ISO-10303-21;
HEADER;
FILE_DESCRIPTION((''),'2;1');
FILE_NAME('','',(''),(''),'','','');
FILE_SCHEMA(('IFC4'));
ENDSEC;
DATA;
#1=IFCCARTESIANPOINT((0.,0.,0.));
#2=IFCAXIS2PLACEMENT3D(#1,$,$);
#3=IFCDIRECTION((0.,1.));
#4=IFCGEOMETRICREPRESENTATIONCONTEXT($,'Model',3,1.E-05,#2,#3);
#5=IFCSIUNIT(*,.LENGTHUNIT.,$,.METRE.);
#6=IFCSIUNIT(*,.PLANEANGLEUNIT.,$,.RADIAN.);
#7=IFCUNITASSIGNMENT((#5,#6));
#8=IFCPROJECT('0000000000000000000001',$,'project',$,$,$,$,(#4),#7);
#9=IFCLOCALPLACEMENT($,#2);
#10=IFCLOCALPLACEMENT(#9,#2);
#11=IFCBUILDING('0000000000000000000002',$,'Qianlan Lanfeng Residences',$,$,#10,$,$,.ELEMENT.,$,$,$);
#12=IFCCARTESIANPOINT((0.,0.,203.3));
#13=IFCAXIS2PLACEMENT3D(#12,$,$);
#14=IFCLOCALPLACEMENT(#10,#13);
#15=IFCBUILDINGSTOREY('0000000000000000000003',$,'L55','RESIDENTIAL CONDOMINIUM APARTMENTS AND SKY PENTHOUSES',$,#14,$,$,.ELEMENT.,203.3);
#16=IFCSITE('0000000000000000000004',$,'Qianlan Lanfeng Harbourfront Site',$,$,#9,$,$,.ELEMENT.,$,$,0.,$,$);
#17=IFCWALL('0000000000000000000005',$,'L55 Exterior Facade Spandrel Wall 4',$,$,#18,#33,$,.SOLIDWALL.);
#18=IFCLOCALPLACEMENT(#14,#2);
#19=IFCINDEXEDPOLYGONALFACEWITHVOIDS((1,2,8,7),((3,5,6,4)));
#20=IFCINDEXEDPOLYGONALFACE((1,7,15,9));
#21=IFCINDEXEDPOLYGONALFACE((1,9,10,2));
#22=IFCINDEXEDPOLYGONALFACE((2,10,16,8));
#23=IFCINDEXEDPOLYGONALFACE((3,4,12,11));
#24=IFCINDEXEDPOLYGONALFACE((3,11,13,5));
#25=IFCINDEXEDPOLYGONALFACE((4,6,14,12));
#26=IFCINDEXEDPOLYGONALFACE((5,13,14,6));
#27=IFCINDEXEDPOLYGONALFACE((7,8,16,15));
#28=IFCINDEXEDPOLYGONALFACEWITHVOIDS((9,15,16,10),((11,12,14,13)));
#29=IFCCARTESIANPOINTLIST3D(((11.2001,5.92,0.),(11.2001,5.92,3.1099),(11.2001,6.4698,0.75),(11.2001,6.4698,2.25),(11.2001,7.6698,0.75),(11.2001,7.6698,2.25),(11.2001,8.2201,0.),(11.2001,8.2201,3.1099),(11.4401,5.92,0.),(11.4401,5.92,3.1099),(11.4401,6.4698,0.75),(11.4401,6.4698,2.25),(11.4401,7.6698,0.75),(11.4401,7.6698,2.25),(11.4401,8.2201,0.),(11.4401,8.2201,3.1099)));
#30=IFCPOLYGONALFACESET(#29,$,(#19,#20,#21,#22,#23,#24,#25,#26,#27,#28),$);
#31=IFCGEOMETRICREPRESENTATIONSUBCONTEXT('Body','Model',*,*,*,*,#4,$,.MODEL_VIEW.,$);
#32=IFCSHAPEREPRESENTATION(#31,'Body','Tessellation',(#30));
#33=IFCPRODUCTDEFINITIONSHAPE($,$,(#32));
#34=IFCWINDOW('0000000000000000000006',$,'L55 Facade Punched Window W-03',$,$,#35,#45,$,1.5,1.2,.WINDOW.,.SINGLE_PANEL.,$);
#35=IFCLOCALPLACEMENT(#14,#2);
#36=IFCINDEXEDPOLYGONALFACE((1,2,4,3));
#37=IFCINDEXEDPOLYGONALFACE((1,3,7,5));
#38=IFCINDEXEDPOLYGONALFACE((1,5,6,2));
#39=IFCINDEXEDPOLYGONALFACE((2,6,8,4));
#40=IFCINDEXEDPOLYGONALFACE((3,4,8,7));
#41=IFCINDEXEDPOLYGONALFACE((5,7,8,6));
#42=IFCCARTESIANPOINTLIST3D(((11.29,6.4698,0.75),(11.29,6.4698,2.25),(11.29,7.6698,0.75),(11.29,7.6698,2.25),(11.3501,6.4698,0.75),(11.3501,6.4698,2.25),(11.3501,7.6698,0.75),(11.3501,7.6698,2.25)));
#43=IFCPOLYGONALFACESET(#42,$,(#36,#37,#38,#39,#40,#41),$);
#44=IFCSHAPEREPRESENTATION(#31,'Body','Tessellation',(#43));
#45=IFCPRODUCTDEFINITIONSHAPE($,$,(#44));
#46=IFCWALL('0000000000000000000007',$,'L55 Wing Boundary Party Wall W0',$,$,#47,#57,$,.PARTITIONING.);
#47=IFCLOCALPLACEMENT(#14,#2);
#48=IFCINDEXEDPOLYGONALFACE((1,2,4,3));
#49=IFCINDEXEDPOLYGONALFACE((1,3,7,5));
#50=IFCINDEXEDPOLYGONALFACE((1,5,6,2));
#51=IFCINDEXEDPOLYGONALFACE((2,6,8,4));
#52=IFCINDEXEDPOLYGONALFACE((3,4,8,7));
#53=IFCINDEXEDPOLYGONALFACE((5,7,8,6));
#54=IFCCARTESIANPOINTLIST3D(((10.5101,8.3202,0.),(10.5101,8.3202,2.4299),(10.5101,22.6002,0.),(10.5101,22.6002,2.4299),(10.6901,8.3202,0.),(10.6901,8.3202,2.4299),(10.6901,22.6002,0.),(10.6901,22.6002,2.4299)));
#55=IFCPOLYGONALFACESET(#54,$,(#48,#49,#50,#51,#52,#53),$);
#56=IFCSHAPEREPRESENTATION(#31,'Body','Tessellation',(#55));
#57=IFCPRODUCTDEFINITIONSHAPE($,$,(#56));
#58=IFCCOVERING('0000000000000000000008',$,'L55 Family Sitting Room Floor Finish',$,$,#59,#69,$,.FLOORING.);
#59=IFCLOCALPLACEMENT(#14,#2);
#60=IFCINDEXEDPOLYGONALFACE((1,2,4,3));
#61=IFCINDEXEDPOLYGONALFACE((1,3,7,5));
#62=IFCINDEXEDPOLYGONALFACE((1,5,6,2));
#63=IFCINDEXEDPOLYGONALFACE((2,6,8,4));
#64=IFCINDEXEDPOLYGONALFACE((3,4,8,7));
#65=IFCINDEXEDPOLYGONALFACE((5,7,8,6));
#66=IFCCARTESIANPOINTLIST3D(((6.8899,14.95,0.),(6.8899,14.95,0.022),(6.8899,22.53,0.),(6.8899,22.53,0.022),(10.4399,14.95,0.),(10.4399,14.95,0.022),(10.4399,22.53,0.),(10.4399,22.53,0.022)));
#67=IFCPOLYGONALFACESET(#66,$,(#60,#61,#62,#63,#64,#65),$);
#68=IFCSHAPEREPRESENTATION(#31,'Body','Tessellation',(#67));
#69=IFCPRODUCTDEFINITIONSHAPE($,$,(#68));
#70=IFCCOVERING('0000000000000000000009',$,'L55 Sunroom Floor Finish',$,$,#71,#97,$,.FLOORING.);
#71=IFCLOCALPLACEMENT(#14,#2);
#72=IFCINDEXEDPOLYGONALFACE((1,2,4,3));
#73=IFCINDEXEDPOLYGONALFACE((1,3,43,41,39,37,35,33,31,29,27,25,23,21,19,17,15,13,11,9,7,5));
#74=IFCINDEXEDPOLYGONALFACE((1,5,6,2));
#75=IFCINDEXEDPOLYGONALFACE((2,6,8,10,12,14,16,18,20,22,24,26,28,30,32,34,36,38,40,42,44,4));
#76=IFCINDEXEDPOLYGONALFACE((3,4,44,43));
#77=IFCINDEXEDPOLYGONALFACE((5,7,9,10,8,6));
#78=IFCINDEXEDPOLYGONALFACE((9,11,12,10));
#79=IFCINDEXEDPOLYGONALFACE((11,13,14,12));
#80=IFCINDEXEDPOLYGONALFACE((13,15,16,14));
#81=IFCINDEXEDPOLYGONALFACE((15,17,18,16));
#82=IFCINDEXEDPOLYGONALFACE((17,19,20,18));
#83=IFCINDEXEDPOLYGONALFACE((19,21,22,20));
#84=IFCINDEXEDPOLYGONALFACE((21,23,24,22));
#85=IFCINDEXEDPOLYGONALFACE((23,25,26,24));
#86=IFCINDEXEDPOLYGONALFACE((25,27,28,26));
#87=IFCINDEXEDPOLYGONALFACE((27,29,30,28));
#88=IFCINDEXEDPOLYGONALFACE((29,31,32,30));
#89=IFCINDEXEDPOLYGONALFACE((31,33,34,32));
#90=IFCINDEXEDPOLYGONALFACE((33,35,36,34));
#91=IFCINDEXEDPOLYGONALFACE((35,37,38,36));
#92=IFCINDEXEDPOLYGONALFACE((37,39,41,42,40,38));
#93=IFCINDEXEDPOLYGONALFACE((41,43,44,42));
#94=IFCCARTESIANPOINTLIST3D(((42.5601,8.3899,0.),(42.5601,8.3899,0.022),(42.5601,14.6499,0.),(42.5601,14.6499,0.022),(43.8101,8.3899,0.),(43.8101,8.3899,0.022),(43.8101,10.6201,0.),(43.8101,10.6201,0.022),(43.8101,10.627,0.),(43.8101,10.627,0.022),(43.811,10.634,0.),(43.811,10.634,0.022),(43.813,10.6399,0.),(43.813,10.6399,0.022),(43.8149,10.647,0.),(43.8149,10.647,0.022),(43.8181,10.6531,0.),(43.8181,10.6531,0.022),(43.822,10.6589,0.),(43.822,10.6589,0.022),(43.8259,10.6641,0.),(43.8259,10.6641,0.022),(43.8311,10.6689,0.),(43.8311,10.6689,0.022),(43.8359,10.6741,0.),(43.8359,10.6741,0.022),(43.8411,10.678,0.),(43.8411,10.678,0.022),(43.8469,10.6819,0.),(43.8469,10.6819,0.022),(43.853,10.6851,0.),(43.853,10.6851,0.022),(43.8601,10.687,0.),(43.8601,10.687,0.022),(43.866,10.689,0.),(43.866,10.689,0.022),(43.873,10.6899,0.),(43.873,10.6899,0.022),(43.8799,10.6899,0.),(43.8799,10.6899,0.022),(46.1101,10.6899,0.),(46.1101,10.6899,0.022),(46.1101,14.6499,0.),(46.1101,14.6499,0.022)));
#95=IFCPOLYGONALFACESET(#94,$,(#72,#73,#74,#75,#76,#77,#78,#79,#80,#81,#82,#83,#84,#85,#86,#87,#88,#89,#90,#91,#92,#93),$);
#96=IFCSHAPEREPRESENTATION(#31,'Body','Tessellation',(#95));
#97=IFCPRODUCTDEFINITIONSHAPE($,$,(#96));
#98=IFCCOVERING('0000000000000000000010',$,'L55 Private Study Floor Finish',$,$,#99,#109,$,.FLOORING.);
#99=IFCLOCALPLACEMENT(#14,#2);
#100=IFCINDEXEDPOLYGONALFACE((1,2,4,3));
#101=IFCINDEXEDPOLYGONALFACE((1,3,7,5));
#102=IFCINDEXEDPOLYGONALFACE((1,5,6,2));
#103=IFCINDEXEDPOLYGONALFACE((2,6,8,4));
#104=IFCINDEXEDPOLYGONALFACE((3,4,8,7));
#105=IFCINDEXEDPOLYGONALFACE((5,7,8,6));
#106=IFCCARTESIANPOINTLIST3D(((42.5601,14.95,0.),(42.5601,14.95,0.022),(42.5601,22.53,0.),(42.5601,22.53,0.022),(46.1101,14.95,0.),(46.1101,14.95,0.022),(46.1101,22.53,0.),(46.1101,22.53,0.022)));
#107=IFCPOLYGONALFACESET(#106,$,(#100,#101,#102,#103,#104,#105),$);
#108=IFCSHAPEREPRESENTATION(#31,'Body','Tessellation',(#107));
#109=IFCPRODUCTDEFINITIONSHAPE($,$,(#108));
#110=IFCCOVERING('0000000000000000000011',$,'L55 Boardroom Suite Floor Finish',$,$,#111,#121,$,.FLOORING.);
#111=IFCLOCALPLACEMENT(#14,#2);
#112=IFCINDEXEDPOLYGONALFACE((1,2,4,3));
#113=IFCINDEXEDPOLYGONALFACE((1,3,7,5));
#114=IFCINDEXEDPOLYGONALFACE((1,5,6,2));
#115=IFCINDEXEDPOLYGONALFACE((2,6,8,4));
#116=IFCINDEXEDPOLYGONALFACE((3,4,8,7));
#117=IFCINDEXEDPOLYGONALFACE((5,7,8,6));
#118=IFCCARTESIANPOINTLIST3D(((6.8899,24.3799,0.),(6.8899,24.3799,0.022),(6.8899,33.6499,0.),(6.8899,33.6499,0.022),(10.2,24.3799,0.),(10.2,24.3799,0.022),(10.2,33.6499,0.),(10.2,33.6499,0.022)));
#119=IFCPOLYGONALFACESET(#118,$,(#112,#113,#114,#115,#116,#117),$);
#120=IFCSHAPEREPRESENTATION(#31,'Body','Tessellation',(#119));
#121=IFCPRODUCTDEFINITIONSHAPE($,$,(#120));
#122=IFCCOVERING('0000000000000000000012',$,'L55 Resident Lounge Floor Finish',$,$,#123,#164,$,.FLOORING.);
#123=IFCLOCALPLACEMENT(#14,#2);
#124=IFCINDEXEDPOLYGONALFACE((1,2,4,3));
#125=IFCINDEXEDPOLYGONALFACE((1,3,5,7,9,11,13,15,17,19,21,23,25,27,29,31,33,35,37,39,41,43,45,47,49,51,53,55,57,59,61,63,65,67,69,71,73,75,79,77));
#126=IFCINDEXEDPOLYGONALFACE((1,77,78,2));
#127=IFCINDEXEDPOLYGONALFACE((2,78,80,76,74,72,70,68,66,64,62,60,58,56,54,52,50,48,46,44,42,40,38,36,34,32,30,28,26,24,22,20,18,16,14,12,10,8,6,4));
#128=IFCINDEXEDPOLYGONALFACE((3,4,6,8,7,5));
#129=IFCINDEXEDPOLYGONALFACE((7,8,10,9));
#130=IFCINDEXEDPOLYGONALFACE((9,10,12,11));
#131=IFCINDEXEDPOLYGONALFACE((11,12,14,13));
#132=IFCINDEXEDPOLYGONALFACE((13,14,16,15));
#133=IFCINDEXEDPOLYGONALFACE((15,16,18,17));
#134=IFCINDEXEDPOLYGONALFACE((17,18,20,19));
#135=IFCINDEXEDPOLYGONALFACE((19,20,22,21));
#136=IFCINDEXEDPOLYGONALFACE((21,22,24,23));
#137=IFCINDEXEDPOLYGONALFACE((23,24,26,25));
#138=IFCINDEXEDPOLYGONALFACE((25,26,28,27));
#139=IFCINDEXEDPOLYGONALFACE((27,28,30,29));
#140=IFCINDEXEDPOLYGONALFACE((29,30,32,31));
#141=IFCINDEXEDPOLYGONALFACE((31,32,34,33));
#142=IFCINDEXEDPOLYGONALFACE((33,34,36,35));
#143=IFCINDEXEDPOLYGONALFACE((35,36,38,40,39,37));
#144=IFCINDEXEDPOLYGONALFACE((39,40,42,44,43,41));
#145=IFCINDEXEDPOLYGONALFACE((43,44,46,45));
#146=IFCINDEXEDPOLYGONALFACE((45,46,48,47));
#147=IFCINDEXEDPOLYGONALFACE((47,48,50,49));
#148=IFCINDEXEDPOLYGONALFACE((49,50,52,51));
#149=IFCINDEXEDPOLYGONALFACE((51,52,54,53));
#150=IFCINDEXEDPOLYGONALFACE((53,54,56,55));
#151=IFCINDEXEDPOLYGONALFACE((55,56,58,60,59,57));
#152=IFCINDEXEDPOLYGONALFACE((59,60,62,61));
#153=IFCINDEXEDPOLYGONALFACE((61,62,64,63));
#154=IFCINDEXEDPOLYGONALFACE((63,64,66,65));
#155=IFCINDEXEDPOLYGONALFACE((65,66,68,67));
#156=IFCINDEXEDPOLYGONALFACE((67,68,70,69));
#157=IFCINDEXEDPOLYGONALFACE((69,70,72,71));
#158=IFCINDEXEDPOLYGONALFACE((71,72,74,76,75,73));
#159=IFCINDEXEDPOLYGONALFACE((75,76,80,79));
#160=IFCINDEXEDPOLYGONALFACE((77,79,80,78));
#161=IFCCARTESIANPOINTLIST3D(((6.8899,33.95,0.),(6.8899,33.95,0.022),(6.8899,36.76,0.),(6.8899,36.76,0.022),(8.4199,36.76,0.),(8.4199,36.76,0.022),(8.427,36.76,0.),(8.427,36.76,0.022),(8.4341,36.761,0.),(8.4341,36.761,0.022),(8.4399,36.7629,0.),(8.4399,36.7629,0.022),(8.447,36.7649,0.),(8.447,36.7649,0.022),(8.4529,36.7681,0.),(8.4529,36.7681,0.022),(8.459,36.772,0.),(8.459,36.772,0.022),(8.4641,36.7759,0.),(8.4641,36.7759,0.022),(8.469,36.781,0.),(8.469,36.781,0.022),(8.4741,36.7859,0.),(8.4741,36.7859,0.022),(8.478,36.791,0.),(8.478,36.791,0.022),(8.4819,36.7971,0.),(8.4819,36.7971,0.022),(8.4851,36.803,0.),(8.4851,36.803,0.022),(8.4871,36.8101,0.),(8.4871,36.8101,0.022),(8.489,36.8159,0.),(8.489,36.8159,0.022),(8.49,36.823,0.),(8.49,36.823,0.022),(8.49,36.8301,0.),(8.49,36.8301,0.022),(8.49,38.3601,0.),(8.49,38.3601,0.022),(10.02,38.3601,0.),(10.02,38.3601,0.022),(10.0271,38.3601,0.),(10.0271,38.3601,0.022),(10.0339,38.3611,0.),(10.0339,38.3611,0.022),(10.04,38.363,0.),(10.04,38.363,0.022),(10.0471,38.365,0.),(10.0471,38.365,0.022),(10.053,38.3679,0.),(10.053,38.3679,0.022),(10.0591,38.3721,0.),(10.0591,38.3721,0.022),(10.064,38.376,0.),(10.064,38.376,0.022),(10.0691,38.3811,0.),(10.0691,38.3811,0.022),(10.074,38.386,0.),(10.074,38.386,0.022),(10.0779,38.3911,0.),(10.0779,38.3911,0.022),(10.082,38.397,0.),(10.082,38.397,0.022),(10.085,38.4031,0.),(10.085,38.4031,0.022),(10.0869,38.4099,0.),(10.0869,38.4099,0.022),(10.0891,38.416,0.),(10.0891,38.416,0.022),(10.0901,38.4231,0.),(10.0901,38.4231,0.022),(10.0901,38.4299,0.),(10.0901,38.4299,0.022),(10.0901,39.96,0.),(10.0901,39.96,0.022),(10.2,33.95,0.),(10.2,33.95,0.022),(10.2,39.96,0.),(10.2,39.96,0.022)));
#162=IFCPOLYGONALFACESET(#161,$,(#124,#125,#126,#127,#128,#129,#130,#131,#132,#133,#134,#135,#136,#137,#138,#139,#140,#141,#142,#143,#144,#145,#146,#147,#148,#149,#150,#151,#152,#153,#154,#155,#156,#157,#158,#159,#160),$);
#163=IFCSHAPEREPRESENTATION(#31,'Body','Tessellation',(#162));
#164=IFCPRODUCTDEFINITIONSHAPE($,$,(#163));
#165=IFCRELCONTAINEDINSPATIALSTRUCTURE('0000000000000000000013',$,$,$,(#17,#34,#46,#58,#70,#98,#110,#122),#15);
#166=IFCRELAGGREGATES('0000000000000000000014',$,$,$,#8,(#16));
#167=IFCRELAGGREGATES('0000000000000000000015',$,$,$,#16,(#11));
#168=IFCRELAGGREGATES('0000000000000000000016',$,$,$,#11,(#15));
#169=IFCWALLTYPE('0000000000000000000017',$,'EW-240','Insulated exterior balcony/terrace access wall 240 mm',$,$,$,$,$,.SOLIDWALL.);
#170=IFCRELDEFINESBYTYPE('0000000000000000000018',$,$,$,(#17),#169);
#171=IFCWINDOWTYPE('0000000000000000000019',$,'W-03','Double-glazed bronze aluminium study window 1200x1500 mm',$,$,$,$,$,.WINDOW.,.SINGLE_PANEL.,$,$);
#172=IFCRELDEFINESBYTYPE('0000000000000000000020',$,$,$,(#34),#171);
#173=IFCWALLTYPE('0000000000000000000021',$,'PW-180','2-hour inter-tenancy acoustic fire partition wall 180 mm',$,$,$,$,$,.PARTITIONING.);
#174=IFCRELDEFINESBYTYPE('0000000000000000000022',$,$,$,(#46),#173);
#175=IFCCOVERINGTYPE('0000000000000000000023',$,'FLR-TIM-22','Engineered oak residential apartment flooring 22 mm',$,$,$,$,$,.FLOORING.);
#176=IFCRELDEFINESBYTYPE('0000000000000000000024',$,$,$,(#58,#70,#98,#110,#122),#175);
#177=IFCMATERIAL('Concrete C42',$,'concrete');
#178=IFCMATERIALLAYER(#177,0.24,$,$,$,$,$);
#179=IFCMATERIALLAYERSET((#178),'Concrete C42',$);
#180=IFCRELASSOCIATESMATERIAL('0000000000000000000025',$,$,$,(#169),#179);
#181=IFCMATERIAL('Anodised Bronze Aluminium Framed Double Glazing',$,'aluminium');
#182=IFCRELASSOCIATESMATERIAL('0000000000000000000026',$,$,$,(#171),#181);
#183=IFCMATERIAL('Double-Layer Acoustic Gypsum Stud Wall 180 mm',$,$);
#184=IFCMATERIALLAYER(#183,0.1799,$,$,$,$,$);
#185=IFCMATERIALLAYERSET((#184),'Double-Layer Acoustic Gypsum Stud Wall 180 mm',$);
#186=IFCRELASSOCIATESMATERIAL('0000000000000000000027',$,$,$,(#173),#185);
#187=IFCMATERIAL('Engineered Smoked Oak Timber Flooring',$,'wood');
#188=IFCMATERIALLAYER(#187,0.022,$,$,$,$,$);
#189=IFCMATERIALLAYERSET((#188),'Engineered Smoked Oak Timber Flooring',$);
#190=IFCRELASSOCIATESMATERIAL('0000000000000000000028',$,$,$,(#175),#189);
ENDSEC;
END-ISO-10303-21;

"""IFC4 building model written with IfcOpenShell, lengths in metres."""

from ifc_helpers import new_model, si_unit, direction, frame, frame_2d, origin, place, context, subcontext, project, spatial, polyline, rectangle, outline, extrude, material, layer, layer_set, type_object, element, fill, save


model = new_model("IFC4")

# Units and contexts
model_context = context("Model", 3, precision=1e-05, world=origin(), true_north=direction((0.0, 1.0)))
body_context = subcontext(model_context, "Body", "Model", "MODEL_VIEW")
ifc_project = project(units=[si_unit("LENGTHUNIT", "METRE"), si_unit("PLANEANGLEUNIT", "RADIAN")], contexts=[model_context])

# Site, building, storey
site_placement = place(None, origin())
site = spatial("IfcSite", under=ifc_project, at=site_placement, Name="Qianlan Lanfeng Harbourfront Site", CompositionType="ELEMENT", RefElevation=0.0)
building_placement = place(site_placement, origin())
building = spatial("IfcBuilding", under=site, at=building_placement, Name="Qianlan Lanfeng Residences", CompositionType="ELEMENT")
storey_placement = place(building_placement, frame((0.0, 0.0, 203.3)))
storey = spatial("IfcBuildingStorey", under=building, at=storey_placement, Name="L55", Description="RESIDENTIAL CONDOMINIUM APARTMENTS AND SKY PENTHOUSES", CompositionType="ELEMENT", Elevation=203.3)

# Shared definitions
ifc_material_1 = material(Name="Concrete C42", Category="concrete")
ifc_layer_1 = layer(ifc_material_1, 0.24)
ifc_layer_set_1 = layer_set([ifc_layer_1], Name="Concrete C42")
wall_type_1 = type_object("IfcWallType", Name="EW-240", Description="Insulated exterior balcony/terrace access wall 240 mm", PredefinedType="SOLIDWALL", material=ifc_layer_set_1)

# Wall, opening, window
wall_1_placement = place(storey_placement, frame((11.3201, 8.22, 0.0), z_axis=(0.0, 0.0, 1.0), x_axis=(0.0, -1.0, 0.0)))
wall_1 = element("IfcWall", 1, at=wall_1_placement, inside=storey, type_object=wall_type_1, Name="L55 Exterior Facade Spandrel Wall 4", PredefinedType="SOLIDWALL", context=body_context, shape_type="SweptSolid", body=[
    extrude(rectangle(XDim=2.3, YDim=0.24, at=frame_2d((1.1499, 0.0))), origin(), (0.0, 0.0, 1.0), 3.1099),
])
opening_placement = place(wall_1_placement, frame((0.55, 0.0, 0.75)))
opening = element("IfcOpeningElement", 2, at=opening_placement, cuts=wall_1, PredefinedType="OPENING", context=body_context, shape_type="SweptSolid", body=[
    extrude(rectangle(XDim=1.2, YDim=1.5, at=frame_2d((0.6001, 0.75))), frame((0.0, 0.1299, 0.0), z_axis=(0.0, -1.0, 0.0), x_axis=(1.0, 0.0, 0.0)), (0.0, 0.0, 1.0), 0.26),
])
ifc_material_2 = material(Name="Anodised Bronze Aluminium Framed Double Glazing", Category="aluminium")
window_type = type_object("IfcWindowType", Name="W-03", Description="Double-glazed bronze aluminium study window 1200x1500 mm", PartitioningType="SINGLE_PANEL", PredefinedType="WINDOW", material=ifc_material_2)
window_placement = place(opening_placement, origin())
window = element("IfcWindow", 3, at=window_placement, inside=storey, type_object=window_type, Name="L55 Facade Punched Window W-03", OverallHeight=1.5, OverallWidth=1.2, PartitioningType="SINGLE_PANEL", PredefinedType="WINDOW", context=body_context, shape_type="SweptSolid", body=[
    extrude(rectangle(XDim=1.2, YDim=1.5, at=frame_2d((0.6001, 0.75))), frame((0.0, 0.03, 0.0), z_axis=(0.0, -1.0, 0.0), x_axis=(1.0, 0.0, 0.0)), (0.0, 0.0, 1.0), 0.0601),
])
fill(opening, window)

# Wall
ifc_material_3 = material(Name="Double-Layer Acoustic Gypsum Stud Wall 180 mm")
ifc_layer_2 = layer(ifc_material_3, 0.1799)
ifc_layer_set_2 = layer_set([ifc_layer_2], Name="Double-Layer Acoustic Gypsum Stud Wall 180 mm")
wall_type_2 = type_object("IfcWallType", Name="PW-180", Description="2-hour inter-tenancy acoustic fire partition wall 180 mm", PredefinedType="PARTITIONING", material=ifc_layer_set_2)
wall_2_placement = place(storey_placement, frame((10.6001, 8.3201, 0.0), z_axis=(0.0, 0.0, 1.0), x_axis=(0.0, 1.0, 0.0)))
element("IfcWall", 4, at=wall_2_placement, inside=storey, type_object=wall_type_2, Name="L55 Wing Boundary Party Wall W0", PredefinedType="PARTITIONING", context=body_context, shape_type="SweptSolid", body=[
    extrude(rectangle(XDim=14.28, YDim=0.1799, at=frame_2d((7.1401, 0.0))), origin(), (0.0, 0.0, 1.0), 2.4299),
])

# Coverings
ifc_material_4 = material(Name="Engineered Smoked Oak Timber Flooring", Category="wood")
ifc_layer_3 = layer(ifc_material_4, 0.022)
ifc_layer_set_3 = layer_set([ifc_layer_3], Name="Engineered Smoked Oak Timber Flooring")
covering_type = type_object("IfcCoveringType", Name="FLR-TIM-22", Description="Engineered oak residential apartment flooring 22 mm", PredefinedType="FLOORING", material=ifc_layer_set_3)
covering_1_placement = place(storey_placement, origin())
element("IfcCovering", 5, at=covering_1_placement, inside=storey, type_object=covering_type, Name="L55 Family Sitting Room Floor Finish", PredefinedType="FLOORING", context=body_context, shape_type="SweptSolid", body=[
    extrude(outline(polyline([(10.4399, 22.53), (6.8899, 22.53), (6.8899, 14.95), (10.4399, 14.95), (10.4399, 22.53)])), origin(), (0.0, 0.0, 1.0), 0.022),
])
covering_2_placement = place(storey_placement, origin())
element("IfcCovering", 6, at=covering_2_placement, inside=storey, type_object=covering_type, Name="L55 Sunroom Floor Finish", PredefinedType="FLOORING", context=body_context, shape_type="SweptSolid", body=[
    extrude(outline(polyline([(46.1101, 14.6499), (42.5601, 14.6499), (42.5601, 8.3899), (43.8101, 8.3899), (43.8101, 10.6201), (43.8101, 10.627), (43.811, 10.634), (43.813, 10.6399), (43.8149, 10.647), (43.8181, 10.6531), (43.822, 10.6589), (43.8259, 10.6641), (43.8311, 10.6689), (43.8359, 10.6741), (43.8411, 10.678), (43.8469, 10.6819), (43.853, 10.6851), (43.8601, 10.687), (43.866, 10.689), (43.873, 10.6899), (43.8799, 10.6899), (46.1101, 10.6899), (46.1101, 14.6499)])), origin(), (0.0, 0.0, 1.0), 0.022),
])
covering_3_placement = place(storey_placement, origin())
element("IfcCovering", 7, at=covering_3_placement, inside=storey, type_object=covering_type, Name="L55 Private Study Floor Finish", PredefinedType="FLOORING", context=body_context, shape_type="SweptSolid", body=[
    extrude(outline(polyline([(46.1101, 22.53), (42.5601, 22.53), (42.5601, 14.95), (46.1101, 14.95), (46.1101, 22.53)])), origin(), (0.0, 0.0, 1.0), 0.022),
])
covering_4_placement = place(storey_placement, origin())
element("IfcCovering", 8, at=covering_4_placement, inside=storey, type_object=covering_type, Name="L55 Boardroom Suite Floor Finish", PredefinedType="FLOORING", context=body_context, shape_type="SweptSolid", body=[
    extrude(outline(polyline([(10.2, 33.6499), (6.8899, 33.6499), (6.8899, 24.3799), (10.2, 24.3799), (10.2, 33.6499)])), origin(), (0.0, 0.0, 1.0), 0.022),
])
covering_5_placement = place(storey_placement, origin())
element("IfcCovering", 9, at=covering_5_placement, inside=storey, type_object=covering_type, Name="L55 Resident Lounge Floor Finish", PredefinedType="FLOORING", context=body_context, shape_type="SweptSolid", body=[
    extrude(outline(polyline([(6.8899, 33.95), (10.2, 33.95), (10.2, 39.96), (10.0901, 39.96), (10.0901, 38.4299), (10.0901, 38.4231), (10.0891, 38.416), (10.0869, 38.4099), (10.085, 38.4031), (10.082, 38.397), (10.0779, 38.3911), (10.074, 38.386), (10.0691, 38.3811), (10.064, 38.376), (10.0591, 38.3721), (10.053, 38.3679), (10.0471, 38.365), (10.04, 38.363), (10.0339, 38.3611), (10.0271, 38.3601), (10.02, 38.3601), (8.49, 38.3601), (8.49, 36.8301), (8.49, 36.823), (8.489, 36.8159), (8.4871, 36.8101), (8.4851, 36.803), (8.4819, 36.7971), (8.478, 36.791), (8.4741, 36.7859), (8.469, 36.781), (8.4641, 36.7759), (8.459, 36.772), (8.4529, 36.7681), (8.447, 36.7649), (8.4399, 36.7629), (8.4341, 36.761), (8.427, 36.76), (8.4199, 36.76), (6.8899, 36.76), (6.8899, 33.95)])), origin(), (0.0, 0.0, 1.0), 0.022),
])

save(model, "model.ifc")
